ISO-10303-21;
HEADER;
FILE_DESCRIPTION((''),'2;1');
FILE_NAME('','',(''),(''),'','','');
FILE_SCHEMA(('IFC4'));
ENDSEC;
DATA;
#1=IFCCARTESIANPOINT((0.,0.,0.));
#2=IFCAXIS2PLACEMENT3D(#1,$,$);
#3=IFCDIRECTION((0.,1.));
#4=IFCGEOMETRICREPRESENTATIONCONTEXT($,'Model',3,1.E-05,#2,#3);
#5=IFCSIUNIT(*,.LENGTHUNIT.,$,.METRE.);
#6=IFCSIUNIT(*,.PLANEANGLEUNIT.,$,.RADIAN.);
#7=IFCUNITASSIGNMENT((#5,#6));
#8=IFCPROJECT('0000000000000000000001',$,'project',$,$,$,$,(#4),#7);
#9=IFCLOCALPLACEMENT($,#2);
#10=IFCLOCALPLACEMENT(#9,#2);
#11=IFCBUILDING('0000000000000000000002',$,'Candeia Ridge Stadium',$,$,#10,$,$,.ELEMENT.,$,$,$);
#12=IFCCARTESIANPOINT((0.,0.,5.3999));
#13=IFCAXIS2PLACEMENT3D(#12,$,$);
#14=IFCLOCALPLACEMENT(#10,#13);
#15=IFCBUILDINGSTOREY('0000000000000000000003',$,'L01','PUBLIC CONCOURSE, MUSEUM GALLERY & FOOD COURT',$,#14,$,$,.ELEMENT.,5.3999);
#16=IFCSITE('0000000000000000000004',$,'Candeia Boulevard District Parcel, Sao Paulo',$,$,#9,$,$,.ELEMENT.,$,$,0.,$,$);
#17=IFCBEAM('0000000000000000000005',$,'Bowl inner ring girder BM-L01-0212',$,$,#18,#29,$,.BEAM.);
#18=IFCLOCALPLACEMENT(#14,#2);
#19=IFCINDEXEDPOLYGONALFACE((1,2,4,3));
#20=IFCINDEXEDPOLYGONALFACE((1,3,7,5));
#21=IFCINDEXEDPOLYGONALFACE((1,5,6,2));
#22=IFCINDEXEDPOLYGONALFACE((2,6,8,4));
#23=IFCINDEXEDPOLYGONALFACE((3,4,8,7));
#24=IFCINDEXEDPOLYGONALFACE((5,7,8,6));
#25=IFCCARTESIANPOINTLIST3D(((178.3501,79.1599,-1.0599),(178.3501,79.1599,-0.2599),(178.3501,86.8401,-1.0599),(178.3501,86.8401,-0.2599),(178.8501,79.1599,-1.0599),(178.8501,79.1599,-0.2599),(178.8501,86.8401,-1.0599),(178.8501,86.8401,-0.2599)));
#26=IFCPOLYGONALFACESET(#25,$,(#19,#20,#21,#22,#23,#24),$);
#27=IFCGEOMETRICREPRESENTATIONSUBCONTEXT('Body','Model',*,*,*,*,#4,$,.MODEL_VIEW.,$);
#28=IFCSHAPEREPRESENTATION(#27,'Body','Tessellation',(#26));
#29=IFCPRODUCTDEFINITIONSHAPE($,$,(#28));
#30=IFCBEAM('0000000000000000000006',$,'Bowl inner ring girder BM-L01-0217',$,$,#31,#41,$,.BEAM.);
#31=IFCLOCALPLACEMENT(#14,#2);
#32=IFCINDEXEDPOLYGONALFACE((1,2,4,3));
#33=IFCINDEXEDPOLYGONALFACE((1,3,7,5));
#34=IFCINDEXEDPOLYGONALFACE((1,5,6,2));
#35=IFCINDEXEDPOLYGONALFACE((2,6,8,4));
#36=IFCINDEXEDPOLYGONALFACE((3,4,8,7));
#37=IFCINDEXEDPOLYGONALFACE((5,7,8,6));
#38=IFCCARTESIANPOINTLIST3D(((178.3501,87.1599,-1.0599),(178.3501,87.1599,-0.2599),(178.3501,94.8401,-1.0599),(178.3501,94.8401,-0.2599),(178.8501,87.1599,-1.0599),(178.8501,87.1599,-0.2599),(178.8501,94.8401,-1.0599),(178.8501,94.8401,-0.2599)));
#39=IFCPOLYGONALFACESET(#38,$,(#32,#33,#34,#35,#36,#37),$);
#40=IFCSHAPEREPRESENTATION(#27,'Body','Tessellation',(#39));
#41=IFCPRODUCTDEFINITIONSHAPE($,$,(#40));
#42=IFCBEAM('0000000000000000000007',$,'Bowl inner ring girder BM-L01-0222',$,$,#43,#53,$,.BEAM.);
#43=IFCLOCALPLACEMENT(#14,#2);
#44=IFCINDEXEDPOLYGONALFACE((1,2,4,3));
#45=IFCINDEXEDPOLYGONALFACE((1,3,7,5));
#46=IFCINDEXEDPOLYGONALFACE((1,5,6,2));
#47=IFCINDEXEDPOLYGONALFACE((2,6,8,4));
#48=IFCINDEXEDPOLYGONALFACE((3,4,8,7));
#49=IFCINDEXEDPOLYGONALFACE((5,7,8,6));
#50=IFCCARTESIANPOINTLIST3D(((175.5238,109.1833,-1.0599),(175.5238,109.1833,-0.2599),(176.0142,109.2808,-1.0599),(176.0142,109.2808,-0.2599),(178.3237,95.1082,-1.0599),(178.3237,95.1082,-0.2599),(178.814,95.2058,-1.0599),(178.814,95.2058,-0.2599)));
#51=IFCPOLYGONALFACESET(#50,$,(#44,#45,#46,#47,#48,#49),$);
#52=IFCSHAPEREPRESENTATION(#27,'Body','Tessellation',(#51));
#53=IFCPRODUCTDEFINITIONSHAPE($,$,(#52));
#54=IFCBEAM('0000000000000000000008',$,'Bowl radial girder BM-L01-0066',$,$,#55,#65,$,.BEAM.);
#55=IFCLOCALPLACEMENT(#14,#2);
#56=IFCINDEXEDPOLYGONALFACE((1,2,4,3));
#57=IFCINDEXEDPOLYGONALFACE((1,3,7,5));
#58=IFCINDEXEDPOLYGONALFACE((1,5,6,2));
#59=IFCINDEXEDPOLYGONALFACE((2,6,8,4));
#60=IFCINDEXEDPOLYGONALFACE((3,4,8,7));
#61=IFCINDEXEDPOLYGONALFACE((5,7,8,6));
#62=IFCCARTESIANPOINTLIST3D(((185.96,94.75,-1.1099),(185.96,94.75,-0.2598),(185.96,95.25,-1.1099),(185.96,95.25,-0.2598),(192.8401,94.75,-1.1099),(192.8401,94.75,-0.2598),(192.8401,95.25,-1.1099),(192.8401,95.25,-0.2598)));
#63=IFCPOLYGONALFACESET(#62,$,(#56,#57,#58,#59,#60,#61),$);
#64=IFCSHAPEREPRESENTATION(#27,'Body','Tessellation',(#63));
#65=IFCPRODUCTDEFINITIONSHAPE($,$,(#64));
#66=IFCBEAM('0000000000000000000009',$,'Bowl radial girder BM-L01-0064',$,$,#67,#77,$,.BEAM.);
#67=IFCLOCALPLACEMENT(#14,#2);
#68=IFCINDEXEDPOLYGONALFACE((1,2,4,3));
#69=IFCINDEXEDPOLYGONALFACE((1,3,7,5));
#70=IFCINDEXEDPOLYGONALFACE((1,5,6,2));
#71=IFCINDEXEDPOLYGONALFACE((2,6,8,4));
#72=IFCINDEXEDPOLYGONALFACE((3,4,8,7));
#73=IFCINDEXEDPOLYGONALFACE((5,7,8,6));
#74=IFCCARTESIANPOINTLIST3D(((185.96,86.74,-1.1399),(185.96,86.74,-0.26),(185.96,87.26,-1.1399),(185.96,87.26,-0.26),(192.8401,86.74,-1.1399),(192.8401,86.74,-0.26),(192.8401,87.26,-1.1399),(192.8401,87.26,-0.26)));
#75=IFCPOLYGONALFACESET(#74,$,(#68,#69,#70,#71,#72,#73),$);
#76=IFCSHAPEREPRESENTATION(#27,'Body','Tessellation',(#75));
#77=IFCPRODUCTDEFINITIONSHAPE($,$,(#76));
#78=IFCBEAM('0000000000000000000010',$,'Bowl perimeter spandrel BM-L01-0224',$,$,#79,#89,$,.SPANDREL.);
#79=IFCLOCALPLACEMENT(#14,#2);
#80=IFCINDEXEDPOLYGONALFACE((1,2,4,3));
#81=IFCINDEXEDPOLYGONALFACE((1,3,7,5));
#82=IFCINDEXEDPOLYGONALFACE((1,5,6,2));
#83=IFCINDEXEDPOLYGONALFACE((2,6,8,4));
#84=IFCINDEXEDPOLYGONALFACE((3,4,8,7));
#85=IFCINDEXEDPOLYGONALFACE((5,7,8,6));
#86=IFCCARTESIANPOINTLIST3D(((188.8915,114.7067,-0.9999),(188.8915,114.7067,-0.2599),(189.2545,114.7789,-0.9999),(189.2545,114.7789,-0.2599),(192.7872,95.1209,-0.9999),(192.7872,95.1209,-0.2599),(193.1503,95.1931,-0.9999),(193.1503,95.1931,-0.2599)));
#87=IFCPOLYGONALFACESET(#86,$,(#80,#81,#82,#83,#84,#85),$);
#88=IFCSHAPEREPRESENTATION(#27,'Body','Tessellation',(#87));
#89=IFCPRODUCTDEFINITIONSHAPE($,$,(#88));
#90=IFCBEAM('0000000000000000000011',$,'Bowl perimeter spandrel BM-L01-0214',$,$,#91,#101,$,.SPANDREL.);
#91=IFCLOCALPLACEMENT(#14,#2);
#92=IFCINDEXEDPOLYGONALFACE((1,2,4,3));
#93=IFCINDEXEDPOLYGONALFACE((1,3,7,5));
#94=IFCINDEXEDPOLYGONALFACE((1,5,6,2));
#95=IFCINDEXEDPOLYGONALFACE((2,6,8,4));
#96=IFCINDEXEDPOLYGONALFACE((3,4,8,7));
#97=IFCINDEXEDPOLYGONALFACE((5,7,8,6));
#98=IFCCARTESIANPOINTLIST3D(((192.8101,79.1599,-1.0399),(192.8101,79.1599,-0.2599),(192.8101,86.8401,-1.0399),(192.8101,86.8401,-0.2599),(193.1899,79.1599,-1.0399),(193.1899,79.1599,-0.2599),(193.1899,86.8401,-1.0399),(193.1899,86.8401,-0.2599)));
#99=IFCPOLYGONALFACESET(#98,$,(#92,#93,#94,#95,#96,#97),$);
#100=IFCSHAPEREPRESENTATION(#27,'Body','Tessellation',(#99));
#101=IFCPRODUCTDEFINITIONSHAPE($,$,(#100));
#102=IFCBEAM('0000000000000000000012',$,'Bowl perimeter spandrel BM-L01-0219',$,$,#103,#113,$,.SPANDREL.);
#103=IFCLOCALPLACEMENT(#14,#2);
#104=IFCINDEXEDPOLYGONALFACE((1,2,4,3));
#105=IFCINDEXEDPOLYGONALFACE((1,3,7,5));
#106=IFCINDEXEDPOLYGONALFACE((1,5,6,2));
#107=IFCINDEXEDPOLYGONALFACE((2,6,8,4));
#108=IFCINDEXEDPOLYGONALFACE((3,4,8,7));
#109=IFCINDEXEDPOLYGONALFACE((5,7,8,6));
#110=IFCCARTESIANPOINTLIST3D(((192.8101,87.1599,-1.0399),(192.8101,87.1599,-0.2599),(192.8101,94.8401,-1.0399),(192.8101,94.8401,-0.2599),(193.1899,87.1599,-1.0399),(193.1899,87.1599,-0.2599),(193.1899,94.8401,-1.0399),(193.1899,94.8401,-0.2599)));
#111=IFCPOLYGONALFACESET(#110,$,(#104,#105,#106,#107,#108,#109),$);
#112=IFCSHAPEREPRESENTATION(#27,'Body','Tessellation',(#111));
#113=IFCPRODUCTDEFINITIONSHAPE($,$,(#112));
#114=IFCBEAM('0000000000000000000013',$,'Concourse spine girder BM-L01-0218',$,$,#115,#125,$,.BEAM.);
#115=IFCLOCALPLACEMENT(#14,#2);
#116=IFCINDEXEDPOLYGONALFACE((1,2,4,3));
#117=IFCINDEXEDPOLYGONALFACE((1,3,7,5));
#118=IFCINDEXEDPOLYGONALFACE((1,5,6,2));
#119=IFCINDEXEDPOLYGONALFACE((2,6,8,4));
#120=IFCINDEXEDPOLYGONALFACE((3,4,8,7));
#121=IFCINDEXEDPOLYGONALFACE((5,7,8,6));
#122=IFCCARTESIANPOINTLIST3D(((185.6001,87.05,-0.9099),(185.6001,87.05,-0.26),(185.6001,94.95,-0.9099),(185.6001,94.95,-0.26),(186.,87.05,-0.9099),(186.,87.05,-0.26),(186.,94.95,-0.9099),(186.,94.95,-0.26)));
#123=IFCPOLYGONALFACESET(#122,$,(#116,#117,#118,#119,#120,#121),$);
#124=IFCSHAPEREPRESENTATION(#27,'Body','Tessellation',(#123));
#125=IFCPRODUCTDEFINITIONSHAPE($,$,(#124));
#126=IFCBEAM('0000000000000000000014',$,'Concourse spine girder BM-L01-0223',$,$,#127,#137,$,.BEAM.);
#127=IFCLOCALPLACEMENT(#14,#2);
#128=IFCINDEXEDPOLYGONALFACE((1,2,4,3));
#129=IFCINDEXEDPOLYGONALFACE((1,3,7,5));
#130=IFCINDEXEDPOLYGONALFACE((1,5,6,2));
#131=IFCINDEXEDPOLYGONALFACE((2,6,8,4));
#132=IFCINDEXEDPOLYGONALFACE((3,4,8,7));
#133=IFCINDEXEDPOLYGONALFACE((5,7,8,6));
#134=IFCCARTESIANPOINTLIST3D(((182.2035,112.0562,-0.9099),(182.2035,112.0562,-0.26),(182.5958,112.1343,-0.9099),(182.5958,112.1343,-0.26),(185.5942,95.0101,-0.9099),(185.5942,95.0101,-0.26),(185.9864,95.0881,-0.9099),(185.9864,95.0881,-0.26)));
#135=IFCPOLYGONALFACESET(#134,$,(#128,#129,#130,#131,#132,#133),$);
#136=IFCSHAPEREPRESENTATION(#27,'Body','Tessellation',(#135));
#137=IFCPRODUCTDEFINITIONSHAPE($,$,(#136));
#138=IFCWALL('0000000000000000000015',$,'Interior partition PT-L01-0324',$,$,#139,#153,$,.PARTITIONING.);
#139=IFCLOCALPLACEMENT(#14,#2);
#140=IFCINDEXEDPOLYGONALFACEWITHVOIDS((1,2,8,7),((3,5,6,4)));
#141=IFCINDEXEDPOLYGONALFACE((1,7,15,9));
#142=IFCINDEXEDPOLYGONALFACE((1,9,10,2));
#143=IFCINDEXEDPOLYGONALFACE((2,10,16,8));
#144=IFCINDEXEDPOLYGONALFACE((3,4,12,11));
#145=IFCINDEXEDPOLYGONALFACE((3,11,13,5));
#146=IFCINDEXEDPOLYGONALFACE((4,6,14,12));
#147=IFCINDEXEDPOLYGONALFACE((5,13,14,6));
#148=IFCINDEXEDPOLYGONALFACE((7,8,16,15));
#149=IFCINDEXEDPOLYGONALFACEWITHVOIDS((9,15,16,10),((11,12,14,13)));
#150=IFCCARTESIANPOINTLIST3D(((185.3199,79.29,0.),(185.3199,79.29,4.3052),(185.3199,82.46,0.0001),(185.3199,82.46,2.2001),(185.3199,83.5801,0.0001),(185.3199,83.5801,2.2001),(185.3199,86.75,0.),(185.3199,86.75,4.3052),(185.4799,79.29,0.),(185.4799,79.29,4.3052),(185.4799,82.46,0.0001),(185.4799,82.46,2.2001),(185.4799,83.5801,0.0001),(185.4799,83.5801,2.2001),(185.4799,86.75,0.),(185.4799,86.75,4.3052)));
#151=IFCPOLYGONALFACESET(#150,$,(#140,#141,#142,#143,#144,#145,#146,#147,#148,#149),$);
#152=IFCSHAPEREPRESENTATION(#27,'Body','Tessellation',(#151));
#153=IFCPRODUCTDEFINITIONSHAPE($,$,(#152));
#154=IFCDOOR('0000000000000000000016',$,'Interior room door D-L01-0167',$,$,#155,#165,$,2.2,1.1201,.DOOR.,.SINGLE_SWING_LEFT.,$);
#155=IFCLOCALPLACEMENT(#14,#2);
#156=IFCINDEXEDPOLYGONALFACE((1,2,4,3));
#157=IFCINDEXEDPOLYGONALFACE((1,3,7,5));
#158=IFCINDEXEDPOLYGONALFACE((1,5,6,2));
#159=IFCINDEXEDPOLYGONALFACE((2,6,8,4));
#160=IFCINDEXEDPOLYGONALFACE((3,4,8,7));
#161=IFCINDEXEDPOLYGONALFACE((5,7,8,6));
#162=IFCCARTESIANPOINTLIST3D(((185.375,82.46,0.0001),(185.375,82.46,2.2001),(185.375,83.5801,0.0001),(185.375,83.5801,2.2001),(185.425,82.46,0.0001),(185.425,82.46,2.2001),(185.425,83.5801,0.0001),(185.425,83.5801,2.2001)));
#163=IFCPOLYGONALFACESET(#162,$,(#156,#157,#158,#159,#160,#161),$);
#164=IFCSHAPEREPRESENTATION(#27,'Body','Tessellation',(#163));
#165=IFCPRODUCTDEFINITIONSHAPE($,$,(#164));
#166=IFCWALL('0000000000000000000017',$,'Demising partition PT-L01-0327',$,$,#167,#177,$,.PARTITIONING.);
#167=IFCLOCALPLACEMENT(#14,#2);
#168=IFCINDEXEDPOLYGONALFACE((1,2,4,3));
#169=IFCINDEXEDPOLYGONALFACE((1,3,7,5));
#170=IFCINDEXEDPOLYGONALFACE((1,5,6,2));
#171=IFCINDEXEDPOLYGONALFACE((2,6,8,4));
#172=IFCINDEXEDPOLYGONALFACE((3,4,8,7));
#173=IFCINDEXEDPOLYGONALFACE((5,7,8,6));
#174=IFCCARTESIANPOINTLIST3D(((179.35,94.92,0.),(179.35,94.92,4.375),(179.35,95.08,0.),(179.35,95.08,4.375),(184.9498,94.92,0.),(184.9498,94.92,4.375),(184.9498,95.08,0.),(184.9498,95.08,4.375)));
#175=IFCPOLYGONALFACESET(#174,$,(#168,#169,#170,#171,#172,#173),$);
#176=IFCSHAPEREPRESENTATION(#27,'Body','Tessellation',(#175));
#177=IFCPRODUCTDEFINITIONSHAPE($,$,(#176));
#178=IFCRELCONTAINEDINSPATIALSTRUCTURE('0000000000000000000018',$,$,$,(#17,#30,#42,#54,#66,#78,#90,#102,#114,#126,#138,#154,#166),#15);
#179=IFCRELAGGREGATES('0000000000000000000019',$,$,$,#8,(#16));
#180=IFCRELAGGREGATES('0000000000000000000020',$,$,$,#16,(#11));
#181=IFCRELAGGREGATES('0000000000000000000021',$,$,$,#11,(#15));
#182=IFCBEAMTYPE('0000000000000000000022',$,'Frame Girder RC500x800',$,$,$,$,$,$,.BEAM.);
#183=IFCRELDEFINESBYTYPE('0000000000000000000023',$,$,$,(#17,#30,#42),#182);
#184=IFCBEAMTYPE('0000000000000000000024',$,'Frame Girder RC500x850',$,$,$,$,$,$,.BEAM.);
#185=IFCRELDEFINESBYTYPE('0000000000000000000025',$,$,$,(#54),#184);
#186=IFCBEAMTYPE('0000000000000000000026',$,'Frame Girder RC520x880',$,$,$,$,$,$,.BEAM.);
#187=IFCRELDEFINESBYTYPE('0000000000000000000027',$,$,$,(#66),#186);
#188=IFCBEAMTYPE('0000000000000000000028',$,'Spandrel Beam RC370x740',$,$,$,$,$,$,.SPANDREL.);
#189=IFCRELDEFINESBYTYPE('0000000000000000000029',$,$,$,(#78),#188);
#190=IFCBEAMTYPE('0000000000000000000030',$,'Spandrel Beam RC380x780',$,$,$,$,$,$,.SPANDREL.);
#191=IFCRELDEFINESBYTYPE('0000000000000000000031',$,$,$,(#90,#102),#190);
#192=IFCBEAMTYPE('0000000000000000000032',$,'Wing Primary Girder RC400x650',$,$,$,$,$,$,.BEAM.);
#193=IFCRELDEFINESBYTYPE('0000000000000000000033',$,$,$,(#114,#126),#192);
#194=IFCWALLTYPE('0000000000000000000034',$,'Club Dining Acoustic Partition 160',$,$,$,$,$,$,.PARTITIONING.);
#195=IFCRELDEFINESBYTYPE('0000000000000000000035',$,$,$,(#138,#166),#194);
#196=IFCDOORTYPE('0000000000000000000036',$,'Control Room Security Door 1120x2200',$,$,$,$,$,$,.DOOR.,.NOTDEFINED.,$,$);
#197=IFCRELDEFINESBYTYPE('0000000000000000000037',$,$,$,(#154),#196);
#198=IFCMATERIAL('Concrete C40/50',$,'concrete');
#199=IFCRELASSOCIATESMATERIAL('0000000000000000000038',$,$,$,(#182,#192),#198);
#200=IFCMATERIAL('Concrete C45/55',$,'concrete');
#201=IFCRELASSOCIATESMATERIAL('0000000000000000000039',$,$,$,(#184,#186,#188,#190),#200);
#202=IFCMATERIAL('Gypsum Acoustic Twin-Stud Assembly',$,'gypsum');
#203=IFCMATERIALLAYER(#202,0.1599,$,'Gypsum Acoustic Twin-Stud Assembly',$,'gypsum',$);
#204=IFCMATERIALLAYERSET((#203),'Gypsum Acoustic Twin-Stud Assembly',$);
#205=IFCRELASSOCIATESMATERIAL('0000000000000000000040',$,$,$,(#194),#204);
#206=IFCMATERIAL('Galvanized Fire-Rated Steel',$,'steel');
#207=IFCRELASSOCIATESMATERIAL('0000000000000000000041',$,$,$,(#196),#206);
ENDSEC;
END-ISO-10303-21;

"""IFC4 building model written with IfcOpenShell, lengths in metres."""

from ifc_helpers import new_model, si_unit, direction, frame, frame_2d, origin, origin_2d, place, context, subcontext, project, spatial, rectangle, extrude, material, layer, layer_set, material_profile, profile_set, type_object, element, fill, save


model = new_model("IFC4")

# Units and contexts
model_context = context("Model", 3, precision=1e-05, world=origin(), true_north=direction((0.0, 1.0)))
body_context = subcontext(model_context, "Body", "Model", "MODEL_VIEW")
ifc_project = project(units=[si_unit("LENGTHUNIT", "METRE"), si_unit("PLANEANGLEUNIT", "RADIAN")], contexts=[model_context])

# Site, building, storey
site_placement = place(None, origin())
site = spatial("IfcSite", under=ifc_project, at=site_placement, Name="Candeia Boulevard District Parcel, Sao Paulo", CompositionType="ELEMENT", RefElevation=0.0)
building_placement = place(site_placement, origin())
building = spatial("IfcBuilding", under=site, at=building_placement, Name="Candeia Ridge Stadium", CompositionType="ELEMENT")
storey_placement = place(building_placement, frame((0.0, 0.0, 5.3999)))
storey = spatial("IfcBuildingStorey", under=building, at=storey_placement, Name="L01", Description="PUBLIC CONCOURSE, MUSEUM GALLERY & FOOD COURT", CompositionType="ELEMENT", Elevation=5.3999)

# Shared definitions
ifc_material_1 = material(Name="Concrete C40/50", Category="concrete")
ifc_material_2 = material(Name="Concrete C45/55", Category="concrete")

# Beams
ifc_material_profile_1 = material_profile(ifc_material_1, rectangle(XDim=0.5, YDim=0.8, at=origin_2d()), Name="RC500x800", Category="concrete")
ifc_profile_set_1 = profile_set([ifc_material_profile_1], Name="Concrete C40/50")
beam_type_1 = type_object("IfcBeamType", Name="Frame Girder RC500x800", PredefinedType="BEAM", material=ifc_profile_set_1)
for number, where, z_axis, x_axis, name in (
    (1, (178.6001, 79.1599, -0.6599), (0.0, 1.0, 0.0), (-1.0, 0.0, 0.0), "Bowl inner ring girder BM-L01-0212"),
    (2, (178.6001, 87.1599, -0.6599), (0.0, 1.0, 0.0), (-1.0, 0.0, 0.0), "Bowl inner ring girder BM-L01-0217"),
):
    element("IfcBeam", number, at=place(storey_placement, frame(where, z_axis=z_axis, x_axis=x_axis)), inside=storey, type_object=beam_type_1, Name=name, PredefinedType="BEAM", context=body_context, shape_type="SweptSolid", body=[
        extrude(rectangle(XDim=0.5, YDim=0.8, at=origin_2d()), origin(), (0.0, 0.0, 1.0), 7.6802),
    ])
beam_1_placement = place(storey_placement, frame((178.5688, 95.157, -0.6599), z_axis=(-0.195099, 0.980784, 0.0), x_axis=(-0.980784, -0.195099, 0.0)))
element("IfcBeam", 3, at=beam_1_placement, inside=storey, type_object=beam_type_1, Name="Bowl inner ring girder BM-L01-0222", PredefinedType="BEAM", context=body_context, shape_type="SweptSolid", body=[
    extrude(rectangle(XDim=0.5, YDim=0.8, at=origin_2d()), origin(), (0.0, 0.0, 1.0), 14.3508),
])
ifc_material_profile_2 = material_profile(ifc_material_2, rectangle(XDim=0.5, YDim=0.8501, at=origin_2d()), Name="RC500x850", Category="concrete")
ifc_profile_set_2 = profile_set([ifc_material_profile_2], Name="Concrete C45/55")
beam_type_2 = type_object("IfcBeamType", Name="Frame Girder RC500x850", PredefinedType="BEAM", material=ifc_profile_set_2)
beam_2_placement = place(storey_placement, frame((185.96, 95.0, -0.6848), z_axis=(1.0, 0.0, 0.0), x_axis=(0.0, 1.0, 0.0)))
element("IfcBeam", 4, at=beam_2_placement, inside=storey, type_object=beam_type_2, Name="Bowl radial girder BM-L01-0066", PredefinedType="BEAM", context=body_context, shape_type="SweptSolid", body=[
    extrude(rectangle(XDim=0.5, YDim=0.8501, at=origin_2d()), origin(), (0.0, 0.0, 1.0), 6.8801),
])
ifc_material_profile_3 = material_profile(ifc_material_2, rectangle(XDim=0.52, YDim=0.8799, at=origin_2d()), Name="RC520x880", Category="concrete")
ifc_profile_set_3 = profile_set([ifc_material_profile_3], Name="Concrete C45/55")
beam_type_3 = type_object("IfcBeamType", Name="Frame Girder RC520x880", PredefinedType="BEAM", material=ifc_profile_set_3)
beam_3_placement = place(storey_placement, frame((185.96, 87.0, -0.7), z_axis=(1.0, 0.0, 0.0), x_axis=(0.0, 1.0, 0.0)))
element("IfcBeam", 5, at=beam_3_placement, inside=storey, type_object=beam_type_3, Name="Bowl radial girder BM-L01-0064", PredefinedType="BEAM", context=body_context, shape_type="SweptSolid", body=[
    extrude(rectangle(XDim=0.52, YDim=0.8799, at=origin_2d()), origin(), (0.0, 0.0, 1.0), 6.8801),
])
ifc_material_profile_4 = material_profile(ifc_material_2, rectangle(XDim=0.3701, YDim=0.74, at=origin_2d()), Name="RC370x740", Category="concrete")
ifc_profile_set_4 = profile_set([ifc_material_profile_4], Name="Concrete C45/55")
beam_type_4 = type_object("IfcBeamType", Name="Spandrel Beam RC370x740", PredefinedType="SPANDREL", material=ifc_profile_set_4)
beam_4_placement = place(storey_placement, frame((192.9688, 95.157, -0.6299), z_axis=(-0.195086, 0.980786, 0.0), x_axis=(-0.980786, -0.195086, 0.0)))
element("IfcBeam", 6, at=beam_4_placement, inside=storey, type_object=beam_type_4, Name="Bowl perimeter spandrel BM-L01-0224", PredefinedType="SPANDREL", context=body_context, shape_type="SweptSolid", body=[
    extrude(rectangle(XDim=0.3701, YDim=0.74, at=origin_2d()), origin(), (0.0, 0.0, 1.0), 19.9695),
])
ifc_material_profile_5 = material_profile(ifc_material_2, rectangle(XDim=0.3799, YDim=0.78, at=origin_2d()), Name="RC380x780", Category="concrete")
ifc_profile_set_5 = profile_set([ifc_material_profile_5], Name="Concrete C45/55")
beam_type_5 = type_object("IfcBeamType", Name="Spandrel Beam RC380x780", PredefinedType="SPANDREL", material=ifc_profile_set_5)
for number, where, z_axis, x_axis, name in (
    (7, (193.0, 79.1599, -0.6499), (0.0, 1.0, 0.0), (-1.0, 0.0, 0.0), "Bowl perimeter spandrel BM-L01-0214"),
    (8, (193.0, 87.1599, -0.6499), (0.0, 1.0, 0.0), (-1.0, 0.0, 0.0), "Bowl perimeter spandrel BM-L01-0219"),
):
    element("IfcBeam", number, at=place(storey_placement, frame(where, z_axis=z_axis, x_axis=x_axis)), inside=storey, type_object=beam_type_5, Name=name, PredefinedType="SPANDREL", context=body_context, shape_type="SweptSolid", body=[
        extrude(rectangle(XDim=0.3799, YDim=0.78, at=origin_2d()), origin(), (0.0, 0.0, 1.0), 7.6802),
    ])
ifc_material_profile_6 = material_profile(ifc_material_1, rectangle(XDim=0.3999, YDim=0.6499, at=origin_2d()), Name="RC400x650", Category="concrete")
ifc_profile_set_6 = profile_set([ifc_material_profile_6], Name="Concrete C40/50")
beam_type_6 = type_object("IfcBeamType", Name="Wing Primary Girder RC400x650", PredefinedType="BEAM", material=ifc_profile_set_6)
beam_5_placement = place(storey_placement, frame((185.8, 87.05, -0.585), z_axis=(0.0, 1.0, 0.0), x_axis=(-1.0, 0.0, 0.0)))
element("IfcBeam", 9, at=beam_5_placement, inside=storey, type_object=beam_type_6, Name="Concourse spine girder BM-L01-0218", PredefinedType="BEAM", context=body_context, shape_type="SweptSolid", body=[
    extrude(rectangle(XDim=0.3999, YDim=0.6499, at=origin_2d()), origin(), (0.0, 0.0, 1.0), 7.8999),
])
beam_6_placement = place(storey_placement, frame((185.7903, 95.0491, -0.585), z_axis=(-0.195087, 0.980786, 0.0), x_axis=(-0.980786, -0.195087, 0.0)))
element("IfcBeam", 10, at=beam_6_placement, inside=storey, type_object=beam_type_6, Name="Concourse spine girder BM-L01-0223", PredefinedType="BEAM", context=body_context, shape_type="SweptSolid", body=[
    extrude(rectangle(XDim=0.3999, YDim=0.6499, at=origin_2d()), origin(), (0.0, 0.0, 1.0), 17.3801),
])

# Wall, opening, door
ifc_material_3 = material(Name="Gypsum Acoustic Twin-Stud Assembly", Category="gypsum")
ifc_layer_1 = layer(ifc_material_3, 0.1599, Name="Gypsum Acoustic Twin-Stud Assembly", Category="gypsum")
ifc_layer_set_1 = layer_set([ifc_layer_1], Name="Gypsum Acoustic Twin-Stud Assembly")
wall_type_1 = type_object("IfcWallType", Name="Club Dining Acoustic Partition 160", PredefinedType="PARTITIONING", material=ifc_layer_set_1)
wall_1_placement = place(storey_placement, frame((185.3999, 86.75, 0.0), z_axis=(0.0, 0.0, 1.0), x_axis=(0.0, -1.0, 0.0)))
wall_1 = element("IfcWall", 11, at=wall_1_placement, inside=storey, type_object=wall_type_1, Name="Interior partition PT-L01-0324", PredefinedType="PARTITIONING", context=body_context, shape_type="SweptSolid", body=[
    extrude(rectangle(XDim=7.46, YDim=0.1599, at=frame_2d((3.73, 0.0))), origin(), (0.0, 0.0, 1.0), 4.3052),
])
opening_1_placement = place(wall_1_placement, frame((3.1699, 0.0, 0.0)))
opening_1 = element("IfcOpeningElement", 12, at=opening_1_placement, cuts=wall_1, PredefinedType="OPENING", context=body_context, shape_type="SweptSolid", body=[
    extrude(rectangle(XDim=1.1201, YDim=2.2, at=frame_2d((0.5601, 1.1001))), frame((0.0, 0.0898, 0.0), z_axis=(0.0, -1.0, 0.0), x_axis=(1.0, 0.0, 0.0)), (0.0, 0.0, 1.0), 0.1799),
])
ifc_material_4 = material(Name="Galvanized Fire-Rated Steel", Category="steel")
door_type_1 = type_object("IfcDoorType", Name="Control Room Security Door 1120x2200", OperationType="NOTDEFINED", PredefinedType="DOOR", material=ifc_material_4)
door_1_placement = place(opening_1_placement, frame((1.1201, 0.0, 0.0), z_axis=(0.0, 0.0, 1.0), x_axis=(-1.0, 0.0, 0.0)))
door_1 = element("IfcDoor", 13, at=door_1_placement, inside=storey, type_object=door_type_1, Name="Interior room door D-L01-0167", OperationType="SINGLE_SWING_LEFT", OverallHeight=2.2, OverallWidth=1.1201, PredefinedType="DOOR", context=body_context, shape_type="SweptSolid", body=[
    extrude(rectangle(XDim=1.1201, YDim=2.2, at=frame_2d((0.5601, 1.1001))), frame((0.0, 0.0249, 0.0), z_axis=(0.0, -1.0, 0.0), x_axis=(1.0, 0.0, 0.0)), (0.0, 0.0, 1.0), 0.05),
])
fill(opening_1, door_1)

# Wall
wall_2_placement = place(storey_placement, frame((179.3501, 95.0, 0.0), z_axis=(0.0, 0.0, 1.0), x_axis=(1.0, 0.0, 0.0)))
element("IfcWall", 14, at=wall_2_placement, inside=storey, type_object=wall_type_1, Name="Demising partition PT-L01-0327", PredefinedType="PARTITIONING", context=body_context, shape_type="SweptSolid", body=[
    extrude(rectangle(XDim=5.5999, YDim=0.1599, at=frame_2d((2.7998, 0.0))), origin(), (0.0, 0.0, 1.0), 4.375),
])

save(model, "model.ifc")
